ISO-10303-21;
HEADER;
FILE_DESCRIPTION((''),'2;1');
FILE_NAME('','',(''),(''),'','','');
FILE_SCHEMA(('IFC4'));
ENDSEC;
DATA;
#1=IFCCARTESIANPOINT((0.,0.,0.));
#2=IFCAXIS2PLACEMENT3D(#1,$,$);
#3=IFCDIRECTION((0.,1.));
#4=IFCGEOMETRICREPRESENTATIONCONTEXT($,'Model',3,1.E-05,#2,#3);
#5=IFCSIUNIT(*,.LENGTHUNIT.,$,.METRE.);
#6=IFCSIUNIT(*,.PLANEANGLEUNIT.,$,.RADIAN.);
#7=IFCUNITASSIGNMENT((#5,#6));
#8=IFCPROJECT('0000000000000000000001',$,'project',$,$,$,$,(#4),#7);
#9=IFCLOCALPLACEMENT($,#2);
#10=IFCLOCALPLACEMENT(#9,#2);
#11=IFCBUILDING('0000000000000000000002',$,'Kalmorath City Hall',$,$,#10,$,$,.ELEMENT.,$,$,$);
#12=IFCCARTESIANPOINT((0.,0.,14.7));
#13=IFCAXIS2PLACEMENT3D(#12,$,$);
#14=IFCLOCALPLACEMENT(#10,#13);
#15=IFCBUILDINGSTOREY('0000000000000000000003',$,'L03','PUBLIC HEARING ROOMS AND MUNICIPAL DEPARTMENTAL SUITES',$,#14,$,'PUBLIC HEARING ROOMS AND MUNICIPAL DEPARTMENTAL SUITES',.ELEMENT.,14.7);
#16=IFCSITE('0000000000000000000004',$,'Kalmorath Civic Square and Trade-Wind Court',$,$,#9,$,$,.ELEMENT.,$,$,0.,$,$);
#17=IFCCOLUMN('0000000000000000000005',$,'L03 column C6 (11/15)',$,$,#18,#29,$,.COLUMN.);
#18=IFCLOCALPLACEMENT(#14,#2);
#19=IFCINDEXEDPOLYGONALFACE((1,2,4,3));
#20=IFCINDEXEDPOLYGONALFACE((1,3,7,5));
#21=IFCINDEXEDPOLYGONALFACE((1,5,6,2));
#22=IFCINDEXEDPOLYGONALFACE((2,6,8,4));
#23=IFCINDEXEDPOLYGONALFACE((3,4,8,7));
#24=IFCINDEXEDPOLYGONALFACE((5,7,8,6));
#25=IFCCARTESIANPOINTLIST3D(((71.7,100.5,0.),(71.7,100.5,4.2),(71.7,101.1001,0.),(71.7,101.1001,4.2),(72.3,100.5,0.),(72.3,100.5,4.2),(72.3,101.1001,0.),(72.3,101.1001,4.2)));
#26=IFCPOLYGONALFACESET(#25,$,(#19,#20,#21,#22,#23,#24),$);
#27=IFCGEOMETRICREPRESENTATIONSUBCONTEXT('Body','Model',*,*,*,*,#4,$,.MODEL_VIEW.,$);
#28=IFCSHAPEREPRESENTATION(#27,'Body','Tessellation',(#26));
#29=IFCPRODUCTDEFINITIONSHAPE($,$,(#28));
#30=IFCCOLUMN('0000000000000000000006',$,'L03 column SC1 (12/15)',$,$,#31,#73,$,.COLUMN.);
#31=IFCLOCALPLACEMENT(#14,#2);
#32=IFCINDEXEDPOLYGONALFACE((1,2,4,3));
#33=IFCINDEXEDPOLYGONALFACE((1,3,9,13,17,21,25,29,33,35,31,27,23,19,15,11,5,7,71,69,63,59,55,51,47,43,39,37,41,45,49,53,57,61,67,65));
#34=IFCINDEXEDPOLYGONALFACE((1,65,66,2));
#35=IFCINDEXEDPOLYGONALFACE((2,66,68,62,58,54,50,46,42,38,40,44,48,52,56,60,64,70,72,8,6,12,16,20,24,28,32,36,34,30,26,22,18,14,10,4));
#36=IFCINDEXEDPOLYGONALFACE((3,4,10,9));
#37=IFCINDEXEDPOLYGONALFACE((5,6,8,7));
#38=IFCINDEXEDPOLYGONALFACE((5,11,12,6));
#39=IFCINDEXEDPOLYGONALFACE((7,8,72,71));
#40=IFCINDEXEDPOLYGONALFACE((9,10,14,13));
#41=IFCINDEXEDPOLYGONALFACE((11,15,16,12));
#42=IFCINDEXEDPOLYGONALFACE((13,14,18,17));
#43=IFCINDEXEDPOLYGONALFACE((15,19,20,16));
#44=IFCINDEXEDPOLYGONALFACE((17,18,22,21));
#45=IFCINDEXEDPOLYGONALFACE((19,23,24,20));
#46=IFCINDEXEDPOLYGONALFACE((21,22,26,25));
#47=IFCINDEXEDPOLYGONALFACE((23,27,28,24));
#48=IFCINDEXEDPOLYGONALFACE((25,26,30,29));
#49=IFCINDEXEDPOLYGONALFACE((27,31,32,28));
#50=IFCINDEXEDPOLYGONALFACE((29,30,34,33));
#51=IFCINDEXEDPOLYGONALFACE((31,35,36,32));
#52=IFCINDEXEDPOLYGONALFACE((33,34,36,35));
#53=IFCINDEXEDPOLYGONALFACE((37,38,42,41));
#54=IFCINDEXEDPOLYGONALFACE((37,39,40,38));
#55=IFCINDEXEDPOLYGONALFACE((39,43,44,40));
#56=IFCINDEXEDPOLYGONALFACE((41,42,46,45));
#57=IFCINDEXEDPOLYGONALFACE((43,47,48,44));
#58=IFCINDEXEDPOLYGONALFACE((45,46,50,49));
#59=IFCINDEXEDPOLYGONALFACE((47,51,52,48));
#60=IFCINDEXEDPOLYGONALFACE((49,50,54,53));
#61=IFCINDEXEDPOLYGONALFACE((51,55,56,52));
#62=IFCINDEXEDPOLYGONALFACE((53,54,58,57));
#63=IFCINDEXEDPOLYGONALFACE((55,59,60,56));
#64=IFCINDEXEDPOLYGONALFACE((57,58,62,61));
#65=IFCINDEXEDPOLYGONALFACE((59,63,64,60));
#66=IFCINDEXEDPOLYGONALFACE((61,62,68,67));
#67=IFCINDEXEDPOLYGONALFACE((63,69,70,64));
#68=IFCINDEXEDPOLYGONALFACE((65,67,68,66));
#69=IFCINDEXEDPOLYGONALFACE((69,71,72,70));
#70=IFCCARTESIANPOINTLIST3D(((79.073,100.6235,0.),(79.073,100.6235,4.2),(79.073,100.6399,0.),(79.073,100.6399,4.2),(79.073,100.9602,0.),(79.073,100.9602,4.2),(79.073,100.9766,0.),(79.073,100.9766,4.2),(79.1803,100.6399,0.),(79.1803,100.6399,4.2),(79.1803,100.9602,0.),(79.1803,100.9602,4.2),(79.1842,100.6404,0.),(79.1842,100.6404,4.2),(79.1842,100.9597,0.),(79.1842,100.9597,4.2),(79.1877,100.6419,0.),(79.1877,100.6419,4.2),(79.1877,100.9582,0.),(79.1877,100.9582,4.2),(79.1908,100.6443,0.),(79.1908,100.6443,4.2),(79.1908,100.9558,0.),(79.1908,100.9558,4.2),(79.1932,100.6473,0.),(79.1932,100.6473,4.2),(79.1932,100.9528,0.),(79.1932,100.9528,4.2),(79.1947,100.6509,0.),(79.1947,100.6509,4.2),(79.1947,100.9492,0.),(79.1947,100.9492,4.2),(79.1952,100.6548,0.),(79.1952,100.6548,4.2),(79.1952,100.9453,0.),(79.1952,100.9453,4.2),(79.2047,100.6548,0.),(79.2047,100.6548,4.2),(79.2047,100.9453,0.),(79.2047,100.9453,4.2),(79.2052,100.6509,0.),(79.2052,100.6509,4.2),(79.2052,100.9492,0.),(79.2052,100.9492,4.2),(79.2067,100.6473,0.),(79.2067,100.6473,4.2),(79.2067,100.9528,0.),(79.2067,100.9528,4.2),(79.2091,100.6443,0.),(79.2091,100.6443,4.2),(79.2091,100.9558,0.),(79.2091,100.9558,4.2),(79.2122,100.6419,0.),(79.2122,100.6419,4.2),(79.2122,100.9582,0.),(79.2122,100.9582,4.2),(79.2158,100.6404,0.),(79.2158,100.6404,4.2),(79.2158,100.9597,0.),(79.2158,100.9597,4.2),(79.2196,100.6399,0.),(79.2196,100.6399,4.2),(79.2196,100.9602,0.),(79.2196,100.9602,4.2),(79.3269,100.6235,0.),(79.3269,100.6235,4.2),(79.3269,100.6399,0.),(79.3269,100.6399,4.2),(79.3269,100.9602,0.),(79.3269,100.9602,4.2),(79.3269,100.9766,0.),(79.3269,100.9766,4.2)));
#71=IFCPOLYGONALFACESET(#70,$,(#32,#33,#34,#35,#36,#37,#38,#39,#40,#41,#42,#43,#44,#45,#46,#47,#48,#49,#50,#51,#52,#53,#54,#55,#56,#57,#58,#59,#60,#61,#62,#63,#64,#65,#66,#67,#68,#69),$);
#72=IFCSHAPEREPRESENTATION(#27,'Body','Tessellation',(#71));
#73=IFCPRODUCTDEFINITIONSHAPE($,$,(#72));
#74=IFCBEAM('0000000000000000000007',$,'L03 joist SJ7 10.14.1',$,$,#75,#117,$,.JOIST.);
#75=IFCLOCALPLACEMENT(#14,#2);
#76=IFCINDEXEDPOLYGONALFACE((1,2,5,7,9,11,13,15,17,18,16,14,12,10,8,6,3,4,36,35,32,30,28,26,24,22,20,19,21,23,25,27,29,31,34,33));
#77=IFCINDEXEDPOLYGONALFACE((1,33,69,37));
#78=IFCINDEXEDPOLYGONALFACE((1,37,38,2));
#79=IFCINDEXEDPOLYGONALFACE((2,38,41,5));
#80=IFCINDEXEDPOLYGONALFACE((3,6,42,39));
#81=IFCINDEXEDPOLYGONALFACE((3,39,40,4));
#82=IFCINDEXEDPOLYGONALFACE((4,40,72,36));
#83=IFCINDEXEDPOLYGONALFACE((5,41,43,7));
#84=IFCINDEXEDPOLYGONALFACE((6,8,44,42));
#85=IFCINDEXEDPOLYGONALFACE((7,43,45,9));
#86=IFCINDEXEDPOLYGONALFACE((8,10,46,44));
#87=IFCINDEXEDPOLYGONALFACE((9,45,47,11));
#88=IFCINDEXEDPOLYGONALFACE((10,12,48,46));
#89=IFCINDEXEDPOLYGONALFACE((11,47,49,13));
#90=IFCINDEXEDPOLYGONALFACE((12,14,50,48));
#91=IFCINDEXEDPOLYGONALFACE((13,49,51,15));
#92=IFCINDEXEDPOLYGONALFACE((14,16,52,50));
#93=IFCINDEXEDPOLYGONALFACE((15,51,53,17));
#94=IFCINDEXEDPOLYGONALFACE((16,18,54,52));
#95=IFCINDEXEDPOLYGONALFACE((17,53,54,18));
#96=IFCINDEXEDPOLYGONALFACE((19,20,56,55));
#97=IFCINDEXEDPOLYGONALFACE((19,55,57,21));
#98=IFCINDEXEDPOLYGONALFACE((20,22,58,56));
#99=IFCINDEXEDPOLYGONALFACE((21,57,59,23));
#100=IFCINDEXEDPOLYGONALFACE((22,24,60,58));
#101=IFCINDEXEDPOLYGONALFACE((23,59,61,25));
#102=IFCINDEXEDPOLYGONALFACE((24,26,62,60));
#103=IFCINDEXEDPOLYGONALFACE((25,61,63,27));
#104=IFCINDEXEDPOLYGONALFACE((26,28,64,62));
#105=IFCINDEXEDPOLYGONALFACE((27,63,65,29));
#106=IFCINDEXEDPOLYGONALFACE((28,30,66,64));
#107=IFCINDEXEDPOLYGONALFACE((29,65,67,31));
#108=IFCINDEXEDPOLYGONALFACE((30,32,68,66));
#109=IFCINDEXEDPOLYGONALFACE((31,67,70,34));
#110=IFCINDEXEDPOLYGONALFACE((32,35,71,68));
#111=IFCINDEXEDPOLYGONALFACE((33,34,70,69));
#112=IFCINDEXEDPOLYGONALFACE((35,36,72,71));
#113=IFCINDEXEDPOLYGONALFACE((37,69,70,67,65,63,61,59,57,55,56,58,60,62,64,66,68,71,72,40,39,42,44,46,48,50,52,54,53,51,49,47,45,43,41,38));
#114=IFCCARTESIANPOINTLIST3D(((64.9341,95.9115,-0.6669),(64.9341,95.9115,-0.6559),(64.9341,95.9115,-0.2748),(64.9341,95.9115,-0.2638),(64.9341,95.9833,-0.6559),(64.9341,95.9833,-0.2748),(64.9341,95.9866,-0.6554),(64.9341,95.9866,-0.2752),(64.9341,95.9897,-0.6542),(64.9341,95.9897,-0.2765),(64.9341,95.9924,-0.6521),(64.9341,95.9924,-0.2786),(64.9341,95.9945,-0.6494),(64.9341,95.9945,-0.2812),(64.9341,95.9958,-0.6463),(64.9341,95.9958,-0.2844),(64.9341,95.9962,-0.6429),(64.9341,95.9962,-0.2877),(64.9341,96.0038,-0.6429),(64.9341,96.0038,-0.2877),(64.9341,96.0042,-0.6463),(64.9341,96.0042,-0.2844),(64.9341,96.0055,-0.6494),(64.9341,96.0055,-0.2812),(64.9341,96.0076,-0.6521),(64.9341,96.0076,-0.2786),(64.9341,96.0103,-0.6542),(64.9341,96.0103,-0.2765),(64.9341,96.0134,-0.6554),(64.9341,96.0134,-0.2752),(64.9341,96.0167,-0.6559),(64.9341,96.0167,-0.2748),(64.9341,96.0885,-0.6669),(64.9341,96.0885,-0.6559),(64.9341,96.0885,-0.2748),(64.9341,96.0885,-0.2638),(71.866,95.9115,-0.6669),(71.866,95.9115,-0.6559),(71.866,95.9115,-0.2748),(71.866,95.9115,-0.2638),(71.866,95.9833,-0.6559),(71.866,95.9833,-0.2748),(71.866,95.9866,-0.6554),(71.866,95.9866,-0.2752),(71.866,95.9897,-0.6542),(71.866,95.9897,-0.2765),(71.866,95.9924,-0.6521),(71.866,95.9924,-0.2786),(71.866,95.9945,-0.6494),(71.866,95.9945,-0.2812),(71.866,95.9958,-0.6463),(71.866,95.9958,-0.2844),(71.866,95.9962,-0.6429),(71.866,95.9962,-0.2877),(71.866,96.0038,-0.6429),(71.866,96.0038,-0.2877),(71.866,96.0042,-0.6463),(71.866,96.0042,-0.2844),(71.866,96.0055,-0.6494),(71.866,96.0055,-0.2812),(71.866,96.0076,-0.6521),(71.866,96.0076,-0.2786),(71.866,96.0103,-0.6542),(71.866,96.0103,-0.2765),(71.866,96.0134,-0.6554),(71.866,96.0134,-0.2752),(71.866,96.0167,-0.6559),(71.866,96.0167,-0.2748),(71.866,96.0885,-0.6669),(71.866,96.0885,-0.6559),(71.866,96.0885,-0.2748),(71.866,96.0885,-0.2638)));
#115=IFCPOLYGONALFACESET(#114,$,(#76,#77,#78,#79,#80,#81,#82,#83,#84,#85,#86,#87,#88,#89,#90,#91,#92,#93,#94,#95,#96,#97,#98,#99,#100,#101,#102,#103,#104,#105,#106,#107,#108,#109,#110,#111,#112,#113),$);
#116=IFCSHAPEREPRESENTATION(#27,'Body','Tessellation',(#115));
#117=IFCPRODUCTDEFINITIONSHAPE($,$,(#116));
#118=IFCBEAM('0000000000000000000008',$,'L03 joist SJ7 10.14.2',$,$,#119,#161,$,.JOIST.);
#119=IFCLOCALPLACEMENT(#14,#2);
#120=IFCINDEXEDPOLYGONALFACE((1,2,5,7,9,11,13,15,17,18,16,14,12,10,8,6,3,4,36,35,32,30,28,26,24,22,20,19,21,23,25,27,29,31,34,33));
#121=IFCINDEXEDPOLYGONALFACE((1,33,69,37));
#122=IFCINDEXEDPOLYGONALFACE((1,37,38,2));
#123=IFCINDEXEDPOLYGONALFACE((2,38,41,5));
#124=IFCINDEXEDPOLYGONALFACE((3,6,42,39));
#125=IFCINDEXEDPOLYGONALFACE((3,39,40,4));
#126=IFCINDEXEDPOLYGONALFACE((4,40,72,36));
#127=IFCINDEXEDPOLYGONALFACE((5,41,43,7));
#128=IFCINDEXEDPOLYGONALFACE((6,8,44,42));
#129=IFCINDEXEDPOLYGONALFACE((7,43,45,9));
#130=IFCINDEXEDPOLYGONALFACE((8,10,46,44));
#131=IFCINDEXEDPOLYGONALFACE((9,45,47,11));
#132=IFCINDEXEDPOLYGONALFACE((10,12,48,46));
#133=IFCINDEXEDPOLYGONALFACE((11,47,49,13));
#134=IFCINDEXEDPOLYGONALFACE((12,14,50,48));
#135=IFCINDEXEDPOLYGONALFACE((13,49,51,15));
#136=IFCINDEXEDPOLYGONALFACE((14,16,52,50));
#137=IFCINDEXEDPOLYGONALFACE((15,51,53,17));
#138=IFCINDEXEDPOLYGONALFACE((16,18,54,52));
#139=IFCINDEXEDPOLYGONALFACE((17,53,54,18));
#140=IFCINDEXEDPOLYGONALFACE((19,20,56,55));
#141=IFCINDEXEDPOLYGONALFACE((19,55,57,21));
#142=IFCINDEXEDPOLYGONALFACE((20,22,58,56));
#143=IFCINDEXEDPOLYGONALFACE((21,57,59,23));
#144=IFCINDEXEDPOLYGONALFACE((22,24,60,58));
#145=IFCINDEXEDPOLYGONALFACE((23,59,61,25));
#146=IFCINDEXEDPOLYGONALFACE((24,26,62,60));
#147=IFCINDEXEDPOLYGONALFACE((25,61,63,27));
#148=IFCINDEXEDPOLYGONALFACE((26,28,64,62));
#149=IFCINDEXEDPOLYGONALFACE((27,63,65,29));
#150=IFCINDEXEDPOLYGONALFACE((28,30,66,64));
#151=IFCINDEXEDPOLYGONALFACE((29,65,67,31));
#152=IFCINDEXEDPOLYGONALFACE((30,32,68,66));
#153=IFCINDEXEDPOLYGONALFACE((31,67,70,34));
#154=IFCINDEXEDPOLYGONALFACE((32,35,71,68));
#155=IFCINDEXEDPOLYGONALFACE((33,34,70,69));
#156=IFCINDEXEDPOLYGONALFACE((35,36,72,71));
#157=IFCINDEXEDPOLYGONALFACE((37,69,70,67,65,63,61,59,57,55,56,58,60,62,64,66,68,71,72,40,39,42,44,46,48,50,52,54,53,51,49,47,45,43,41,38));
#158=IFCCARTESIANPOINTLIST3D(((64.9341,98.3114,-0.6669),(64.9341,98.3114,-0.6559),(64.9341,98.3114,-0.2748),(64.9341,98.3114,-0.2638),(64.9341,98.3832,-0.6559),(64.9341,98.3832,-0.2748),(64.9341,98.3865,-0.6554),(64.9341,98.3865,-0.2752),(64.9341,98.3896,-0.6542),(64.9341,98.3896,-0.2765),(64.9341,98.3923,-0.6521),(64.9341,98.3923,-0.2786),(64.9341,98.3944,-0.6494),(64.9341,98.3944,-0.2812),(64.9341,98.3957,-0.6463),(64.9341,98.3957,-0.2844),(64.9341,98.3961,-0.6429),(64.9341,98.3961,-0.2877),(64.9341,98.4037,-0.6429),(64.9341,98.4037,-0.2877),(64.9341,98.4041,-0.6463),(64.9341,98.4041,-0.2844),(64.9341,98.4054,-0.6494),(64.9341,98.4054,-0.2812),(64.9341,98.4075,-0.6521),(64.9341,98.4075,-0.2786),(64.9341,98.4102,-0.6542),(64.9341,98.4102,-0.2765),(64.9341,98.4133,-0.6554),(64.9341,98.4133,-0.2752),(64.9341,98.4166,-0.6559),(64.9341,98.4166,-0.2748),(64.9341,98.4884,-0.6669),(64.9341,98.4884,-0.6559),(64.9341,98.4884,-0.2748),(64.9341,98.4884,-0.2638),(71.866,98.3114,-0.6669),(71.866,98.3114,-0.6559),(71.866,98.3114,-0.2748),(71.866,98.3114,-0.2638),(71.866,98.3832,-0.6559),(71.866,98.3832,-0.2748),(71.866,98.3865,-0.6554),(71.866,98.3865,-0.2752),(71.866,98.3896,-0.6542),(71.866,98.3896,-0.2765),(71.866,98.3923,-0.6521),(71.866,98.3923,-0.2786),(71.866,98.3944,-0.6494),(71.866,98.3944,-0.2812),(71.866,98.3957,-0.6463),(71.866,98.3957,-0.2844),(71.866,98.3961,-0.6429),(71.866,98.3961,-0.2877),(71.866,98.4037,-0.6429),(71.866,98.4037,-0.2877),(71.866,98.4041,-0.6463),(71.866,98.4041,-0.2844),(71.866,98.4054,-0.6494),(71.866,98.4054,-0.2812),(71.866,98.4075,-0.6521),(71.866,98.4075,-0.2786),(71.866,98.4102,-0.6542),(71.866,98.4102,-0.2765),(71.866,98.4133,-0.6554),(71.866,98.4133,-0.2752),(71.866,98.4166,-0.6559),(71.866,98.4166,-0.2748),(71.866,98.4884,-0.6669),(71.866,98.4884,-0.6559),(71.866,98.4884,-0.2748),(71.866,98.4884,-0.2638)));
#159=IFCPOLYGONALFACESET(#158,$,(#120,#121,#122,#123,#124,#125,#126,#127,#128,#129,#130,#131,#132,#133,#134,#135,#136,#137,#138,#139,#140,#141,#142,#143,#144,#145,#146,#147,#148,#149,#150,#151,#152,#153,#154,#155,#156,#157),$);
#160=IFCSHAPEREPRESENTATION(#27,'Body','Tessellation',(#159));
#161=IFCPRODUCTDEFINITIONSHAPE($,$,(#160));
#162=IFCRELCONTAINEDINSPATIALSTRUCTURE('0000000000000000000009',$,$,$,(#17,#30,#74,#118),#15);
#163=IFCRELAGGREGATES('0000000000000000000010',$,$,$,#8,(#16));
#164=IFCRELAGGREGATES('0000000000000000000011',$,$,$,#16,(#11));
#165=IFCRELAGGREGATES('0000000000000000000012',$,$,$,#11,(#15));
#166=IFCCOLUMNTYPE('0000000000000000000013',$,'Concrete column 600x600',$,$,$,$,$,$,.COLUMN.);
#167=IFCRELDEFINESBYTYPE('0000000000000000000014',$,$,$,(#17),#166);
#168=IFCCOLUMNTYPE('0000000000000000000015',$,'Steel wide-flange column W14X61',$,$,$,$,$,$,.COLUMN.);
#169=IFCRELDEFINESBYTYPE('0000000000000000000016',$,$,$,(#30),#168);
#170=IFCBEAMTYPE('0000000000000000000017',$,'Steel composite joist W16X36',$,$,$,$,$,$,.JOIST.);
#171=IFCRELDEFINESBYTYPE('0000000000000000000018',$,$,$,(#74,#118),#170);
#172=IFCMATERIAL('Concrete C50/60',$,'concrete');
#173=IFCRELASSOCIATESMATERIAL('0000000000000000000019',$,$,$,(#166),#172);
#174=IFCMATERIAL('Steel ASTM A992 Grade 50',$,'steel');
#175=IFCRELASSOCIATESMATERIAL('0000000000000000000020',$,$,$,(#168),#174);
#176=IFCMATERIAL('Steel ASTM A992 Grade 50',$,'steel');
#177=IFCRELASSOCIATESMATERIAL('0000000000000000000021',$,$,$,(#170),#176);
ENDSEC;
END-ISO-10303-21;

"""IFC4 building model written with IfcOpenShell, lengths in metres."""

from ifc_helpers import new_model, si_unit, direction, frame, origin, origin_2d, place, context, subcontext, project, spatial, rectangle, i_section, extrude, material, material_profile, profile_set, type_object, element, save


model = new_model("IFC4")

# Units and contexts
model_context = context("Model", 3, precision=1e-05, world=origin(), true_north=direction((0.0, 1.0)))
body_context = subcontext(model_context, "Body", "Model", "MODEL_VIEW")
ifc_project = project(units=[si_unit("LENGTHUNIT", "METRE"), si_unit("PLANEANGLEUNIT", "RADIAN")], contexts=[model_context])

# Site, building, storey
site_placement = place(None, origin())
site = spatial("IfcSite", under=ifc_project, at=site_placement, Name="Kalmorath Civic Square and Trade-Wind Court", CompositionType="ELEMENT", RefElevation=0.0)
building_placement = place(site_placement, origin())
building = spatial("IfcBuilding", under=site, at=building_placement, Name="Kalmorath City Hall", CompositionType="ELEMENT")
storey_placement = place(building_placement, frame((0.0, 0.0, 14.7)))
storey = spatial("IfcBuildingStorey", under=building, at=storey_placement, Name="L03", Description="PUBLIC HEARING ROOMS AND MUNICIPAL DEPARTMENTAL SUITES", LongName="PUBLIC HEARING ROOMS AND MUNICIPAL DEPARTMENTAL SUITES", CompositionType="ELEMENT", Elevation=14.7)

# Columns
ifc_material_1 = material(Name="Concrete C50/60", Category="concrete")
ifc_material_profile_1 = material_profile(ifc_material_1, rectangle(XDim=0.6001, YDim=0.6001, at=origin_2d()), Name="RC-COL-600X600")
ifc_profile_set_1 = profile_set([ifc_material_profile_1], Name="Concrete C50/60")
column_type_1 = type_object("IfcColumnType", Name="Concrete column 600x600", PredefinedType="COLUMN", material=ifc_profile_set_1)
column_1_placement = place(storey_placement, frame((72.0, 100.8, 0.0), z_axis=(0.0, 0.0, 1.0), x_axis=(1.0, 0.0, 0.0)))
element("IfcColumn", 1, at=column_1_placement, inside=storey, type_object=column_type_1, Name="L03 column C6 (11/15)", PredefinedType="COLUMN", context=body_context, shape_type="SweptSolid", body=[
    extrude(rectangle(XDim=0.6001, YDim=0.6001, at=origin_2d()), origin(), (0.0, 0.0, 1.0), 4.2),
])
ifc_material_2 = material(Name="Steel ASTM A992 Grade 50", Category="steel")
ifc_material_profile_2 = material_profile(ifc_material_2, i_section(OverallWidth=0.2539, OverallDepth=0.353, WebThickness=0.0095, FlangeThickness=0.0164, FilletRadius=0.0149, at=origin_2d()), Name="W14X61")
ifc_profile_set_2 = profile_set([ifc_material_profile_2], Name="Steel ASTM A992 Grade 50")
column_type_2 = type_object("IfcColumnType", Name="Steel wide-flange column W14X61", PredefinedType="COLUMN", material=ifc_profile_set_2)
column_2_placement = place(storey_placement, frame((79.2, 100.8, 0.0), z_axis=(0.0, 0.0, 1.0), x_axis=(1.0, 0.0, 0.0)))
element("IfcColumn", 2, at=column_2_placement, inside=storey, type_object=column_type_2, Name="L03 column SC1 (12/15)", PredefinedType="COLUMN", context=body_context, shape_type="SweptSolid", body=[
    extrude(i_section(OverallWidth=0.2539, OverallDepth=0.353, WebThickness=0.0095, FlangeThickness=0.0164, FilletRadius=0.0149, at=origin_2d()), origin(), (0.0, 0.0, 1.0), 4.2),
])

# Beams
ifc_material_3 = material(Name="Steel ASTM A992 Grade 50", Category="steel")
ifc_material_profile_3 = material_profile(ifc_material_3, i_section(OverallWidth=0.177, OverallDepth=0.4031, WebThickness=0.0076, FlangeThickness=0.011, FilletRadius=0.0129, at=origin_2d()), Name="W16X36")
ifc_profile_set_3 = profile_set([ifc_material_profile_3], Name="Steel ASTM A992 Grade 50")
beam_type_1 = type_object("IfcBeamType", Name="Steel composite joist W16X36", PredefinedType="JOIST", material=ifc_profile_set_3)
for number, where, z_axis, x_axis, name in (
    (3, (64.9341, 96.0, -0.4653), (1.0, 0.0, 0.0), (0.0, 1.0, 0.0), "L03 joist SJ7 10.14.1"),
    (4, (64.9341, 98.3999, -0.4653), (1.0, 0.0, 0.0), (0.0, 1.0, 0.0), "L03 joist SJ7 10.14.2"),
):
    element("IfcBeam", number, at=place(storey_placement, frame(where, z_axis=z_axis, x_axis=x_axis)), inside=storey, type_object=beam_type_1, Name=name, PredefinedType="JOIST", context=body_context, shape_type="SweptSolid", body=[
        extrude(i_section(OverallWidth=0.177, OverallDepth=0.4031, WebThickness=0.0076, FlangeThickness=0.011, FilletRadius=0.0129, at=origin_2d()), origin(), (0.0, 0.0, 1.0), 6.9319),
    ])

save(model, "model.ifc")
